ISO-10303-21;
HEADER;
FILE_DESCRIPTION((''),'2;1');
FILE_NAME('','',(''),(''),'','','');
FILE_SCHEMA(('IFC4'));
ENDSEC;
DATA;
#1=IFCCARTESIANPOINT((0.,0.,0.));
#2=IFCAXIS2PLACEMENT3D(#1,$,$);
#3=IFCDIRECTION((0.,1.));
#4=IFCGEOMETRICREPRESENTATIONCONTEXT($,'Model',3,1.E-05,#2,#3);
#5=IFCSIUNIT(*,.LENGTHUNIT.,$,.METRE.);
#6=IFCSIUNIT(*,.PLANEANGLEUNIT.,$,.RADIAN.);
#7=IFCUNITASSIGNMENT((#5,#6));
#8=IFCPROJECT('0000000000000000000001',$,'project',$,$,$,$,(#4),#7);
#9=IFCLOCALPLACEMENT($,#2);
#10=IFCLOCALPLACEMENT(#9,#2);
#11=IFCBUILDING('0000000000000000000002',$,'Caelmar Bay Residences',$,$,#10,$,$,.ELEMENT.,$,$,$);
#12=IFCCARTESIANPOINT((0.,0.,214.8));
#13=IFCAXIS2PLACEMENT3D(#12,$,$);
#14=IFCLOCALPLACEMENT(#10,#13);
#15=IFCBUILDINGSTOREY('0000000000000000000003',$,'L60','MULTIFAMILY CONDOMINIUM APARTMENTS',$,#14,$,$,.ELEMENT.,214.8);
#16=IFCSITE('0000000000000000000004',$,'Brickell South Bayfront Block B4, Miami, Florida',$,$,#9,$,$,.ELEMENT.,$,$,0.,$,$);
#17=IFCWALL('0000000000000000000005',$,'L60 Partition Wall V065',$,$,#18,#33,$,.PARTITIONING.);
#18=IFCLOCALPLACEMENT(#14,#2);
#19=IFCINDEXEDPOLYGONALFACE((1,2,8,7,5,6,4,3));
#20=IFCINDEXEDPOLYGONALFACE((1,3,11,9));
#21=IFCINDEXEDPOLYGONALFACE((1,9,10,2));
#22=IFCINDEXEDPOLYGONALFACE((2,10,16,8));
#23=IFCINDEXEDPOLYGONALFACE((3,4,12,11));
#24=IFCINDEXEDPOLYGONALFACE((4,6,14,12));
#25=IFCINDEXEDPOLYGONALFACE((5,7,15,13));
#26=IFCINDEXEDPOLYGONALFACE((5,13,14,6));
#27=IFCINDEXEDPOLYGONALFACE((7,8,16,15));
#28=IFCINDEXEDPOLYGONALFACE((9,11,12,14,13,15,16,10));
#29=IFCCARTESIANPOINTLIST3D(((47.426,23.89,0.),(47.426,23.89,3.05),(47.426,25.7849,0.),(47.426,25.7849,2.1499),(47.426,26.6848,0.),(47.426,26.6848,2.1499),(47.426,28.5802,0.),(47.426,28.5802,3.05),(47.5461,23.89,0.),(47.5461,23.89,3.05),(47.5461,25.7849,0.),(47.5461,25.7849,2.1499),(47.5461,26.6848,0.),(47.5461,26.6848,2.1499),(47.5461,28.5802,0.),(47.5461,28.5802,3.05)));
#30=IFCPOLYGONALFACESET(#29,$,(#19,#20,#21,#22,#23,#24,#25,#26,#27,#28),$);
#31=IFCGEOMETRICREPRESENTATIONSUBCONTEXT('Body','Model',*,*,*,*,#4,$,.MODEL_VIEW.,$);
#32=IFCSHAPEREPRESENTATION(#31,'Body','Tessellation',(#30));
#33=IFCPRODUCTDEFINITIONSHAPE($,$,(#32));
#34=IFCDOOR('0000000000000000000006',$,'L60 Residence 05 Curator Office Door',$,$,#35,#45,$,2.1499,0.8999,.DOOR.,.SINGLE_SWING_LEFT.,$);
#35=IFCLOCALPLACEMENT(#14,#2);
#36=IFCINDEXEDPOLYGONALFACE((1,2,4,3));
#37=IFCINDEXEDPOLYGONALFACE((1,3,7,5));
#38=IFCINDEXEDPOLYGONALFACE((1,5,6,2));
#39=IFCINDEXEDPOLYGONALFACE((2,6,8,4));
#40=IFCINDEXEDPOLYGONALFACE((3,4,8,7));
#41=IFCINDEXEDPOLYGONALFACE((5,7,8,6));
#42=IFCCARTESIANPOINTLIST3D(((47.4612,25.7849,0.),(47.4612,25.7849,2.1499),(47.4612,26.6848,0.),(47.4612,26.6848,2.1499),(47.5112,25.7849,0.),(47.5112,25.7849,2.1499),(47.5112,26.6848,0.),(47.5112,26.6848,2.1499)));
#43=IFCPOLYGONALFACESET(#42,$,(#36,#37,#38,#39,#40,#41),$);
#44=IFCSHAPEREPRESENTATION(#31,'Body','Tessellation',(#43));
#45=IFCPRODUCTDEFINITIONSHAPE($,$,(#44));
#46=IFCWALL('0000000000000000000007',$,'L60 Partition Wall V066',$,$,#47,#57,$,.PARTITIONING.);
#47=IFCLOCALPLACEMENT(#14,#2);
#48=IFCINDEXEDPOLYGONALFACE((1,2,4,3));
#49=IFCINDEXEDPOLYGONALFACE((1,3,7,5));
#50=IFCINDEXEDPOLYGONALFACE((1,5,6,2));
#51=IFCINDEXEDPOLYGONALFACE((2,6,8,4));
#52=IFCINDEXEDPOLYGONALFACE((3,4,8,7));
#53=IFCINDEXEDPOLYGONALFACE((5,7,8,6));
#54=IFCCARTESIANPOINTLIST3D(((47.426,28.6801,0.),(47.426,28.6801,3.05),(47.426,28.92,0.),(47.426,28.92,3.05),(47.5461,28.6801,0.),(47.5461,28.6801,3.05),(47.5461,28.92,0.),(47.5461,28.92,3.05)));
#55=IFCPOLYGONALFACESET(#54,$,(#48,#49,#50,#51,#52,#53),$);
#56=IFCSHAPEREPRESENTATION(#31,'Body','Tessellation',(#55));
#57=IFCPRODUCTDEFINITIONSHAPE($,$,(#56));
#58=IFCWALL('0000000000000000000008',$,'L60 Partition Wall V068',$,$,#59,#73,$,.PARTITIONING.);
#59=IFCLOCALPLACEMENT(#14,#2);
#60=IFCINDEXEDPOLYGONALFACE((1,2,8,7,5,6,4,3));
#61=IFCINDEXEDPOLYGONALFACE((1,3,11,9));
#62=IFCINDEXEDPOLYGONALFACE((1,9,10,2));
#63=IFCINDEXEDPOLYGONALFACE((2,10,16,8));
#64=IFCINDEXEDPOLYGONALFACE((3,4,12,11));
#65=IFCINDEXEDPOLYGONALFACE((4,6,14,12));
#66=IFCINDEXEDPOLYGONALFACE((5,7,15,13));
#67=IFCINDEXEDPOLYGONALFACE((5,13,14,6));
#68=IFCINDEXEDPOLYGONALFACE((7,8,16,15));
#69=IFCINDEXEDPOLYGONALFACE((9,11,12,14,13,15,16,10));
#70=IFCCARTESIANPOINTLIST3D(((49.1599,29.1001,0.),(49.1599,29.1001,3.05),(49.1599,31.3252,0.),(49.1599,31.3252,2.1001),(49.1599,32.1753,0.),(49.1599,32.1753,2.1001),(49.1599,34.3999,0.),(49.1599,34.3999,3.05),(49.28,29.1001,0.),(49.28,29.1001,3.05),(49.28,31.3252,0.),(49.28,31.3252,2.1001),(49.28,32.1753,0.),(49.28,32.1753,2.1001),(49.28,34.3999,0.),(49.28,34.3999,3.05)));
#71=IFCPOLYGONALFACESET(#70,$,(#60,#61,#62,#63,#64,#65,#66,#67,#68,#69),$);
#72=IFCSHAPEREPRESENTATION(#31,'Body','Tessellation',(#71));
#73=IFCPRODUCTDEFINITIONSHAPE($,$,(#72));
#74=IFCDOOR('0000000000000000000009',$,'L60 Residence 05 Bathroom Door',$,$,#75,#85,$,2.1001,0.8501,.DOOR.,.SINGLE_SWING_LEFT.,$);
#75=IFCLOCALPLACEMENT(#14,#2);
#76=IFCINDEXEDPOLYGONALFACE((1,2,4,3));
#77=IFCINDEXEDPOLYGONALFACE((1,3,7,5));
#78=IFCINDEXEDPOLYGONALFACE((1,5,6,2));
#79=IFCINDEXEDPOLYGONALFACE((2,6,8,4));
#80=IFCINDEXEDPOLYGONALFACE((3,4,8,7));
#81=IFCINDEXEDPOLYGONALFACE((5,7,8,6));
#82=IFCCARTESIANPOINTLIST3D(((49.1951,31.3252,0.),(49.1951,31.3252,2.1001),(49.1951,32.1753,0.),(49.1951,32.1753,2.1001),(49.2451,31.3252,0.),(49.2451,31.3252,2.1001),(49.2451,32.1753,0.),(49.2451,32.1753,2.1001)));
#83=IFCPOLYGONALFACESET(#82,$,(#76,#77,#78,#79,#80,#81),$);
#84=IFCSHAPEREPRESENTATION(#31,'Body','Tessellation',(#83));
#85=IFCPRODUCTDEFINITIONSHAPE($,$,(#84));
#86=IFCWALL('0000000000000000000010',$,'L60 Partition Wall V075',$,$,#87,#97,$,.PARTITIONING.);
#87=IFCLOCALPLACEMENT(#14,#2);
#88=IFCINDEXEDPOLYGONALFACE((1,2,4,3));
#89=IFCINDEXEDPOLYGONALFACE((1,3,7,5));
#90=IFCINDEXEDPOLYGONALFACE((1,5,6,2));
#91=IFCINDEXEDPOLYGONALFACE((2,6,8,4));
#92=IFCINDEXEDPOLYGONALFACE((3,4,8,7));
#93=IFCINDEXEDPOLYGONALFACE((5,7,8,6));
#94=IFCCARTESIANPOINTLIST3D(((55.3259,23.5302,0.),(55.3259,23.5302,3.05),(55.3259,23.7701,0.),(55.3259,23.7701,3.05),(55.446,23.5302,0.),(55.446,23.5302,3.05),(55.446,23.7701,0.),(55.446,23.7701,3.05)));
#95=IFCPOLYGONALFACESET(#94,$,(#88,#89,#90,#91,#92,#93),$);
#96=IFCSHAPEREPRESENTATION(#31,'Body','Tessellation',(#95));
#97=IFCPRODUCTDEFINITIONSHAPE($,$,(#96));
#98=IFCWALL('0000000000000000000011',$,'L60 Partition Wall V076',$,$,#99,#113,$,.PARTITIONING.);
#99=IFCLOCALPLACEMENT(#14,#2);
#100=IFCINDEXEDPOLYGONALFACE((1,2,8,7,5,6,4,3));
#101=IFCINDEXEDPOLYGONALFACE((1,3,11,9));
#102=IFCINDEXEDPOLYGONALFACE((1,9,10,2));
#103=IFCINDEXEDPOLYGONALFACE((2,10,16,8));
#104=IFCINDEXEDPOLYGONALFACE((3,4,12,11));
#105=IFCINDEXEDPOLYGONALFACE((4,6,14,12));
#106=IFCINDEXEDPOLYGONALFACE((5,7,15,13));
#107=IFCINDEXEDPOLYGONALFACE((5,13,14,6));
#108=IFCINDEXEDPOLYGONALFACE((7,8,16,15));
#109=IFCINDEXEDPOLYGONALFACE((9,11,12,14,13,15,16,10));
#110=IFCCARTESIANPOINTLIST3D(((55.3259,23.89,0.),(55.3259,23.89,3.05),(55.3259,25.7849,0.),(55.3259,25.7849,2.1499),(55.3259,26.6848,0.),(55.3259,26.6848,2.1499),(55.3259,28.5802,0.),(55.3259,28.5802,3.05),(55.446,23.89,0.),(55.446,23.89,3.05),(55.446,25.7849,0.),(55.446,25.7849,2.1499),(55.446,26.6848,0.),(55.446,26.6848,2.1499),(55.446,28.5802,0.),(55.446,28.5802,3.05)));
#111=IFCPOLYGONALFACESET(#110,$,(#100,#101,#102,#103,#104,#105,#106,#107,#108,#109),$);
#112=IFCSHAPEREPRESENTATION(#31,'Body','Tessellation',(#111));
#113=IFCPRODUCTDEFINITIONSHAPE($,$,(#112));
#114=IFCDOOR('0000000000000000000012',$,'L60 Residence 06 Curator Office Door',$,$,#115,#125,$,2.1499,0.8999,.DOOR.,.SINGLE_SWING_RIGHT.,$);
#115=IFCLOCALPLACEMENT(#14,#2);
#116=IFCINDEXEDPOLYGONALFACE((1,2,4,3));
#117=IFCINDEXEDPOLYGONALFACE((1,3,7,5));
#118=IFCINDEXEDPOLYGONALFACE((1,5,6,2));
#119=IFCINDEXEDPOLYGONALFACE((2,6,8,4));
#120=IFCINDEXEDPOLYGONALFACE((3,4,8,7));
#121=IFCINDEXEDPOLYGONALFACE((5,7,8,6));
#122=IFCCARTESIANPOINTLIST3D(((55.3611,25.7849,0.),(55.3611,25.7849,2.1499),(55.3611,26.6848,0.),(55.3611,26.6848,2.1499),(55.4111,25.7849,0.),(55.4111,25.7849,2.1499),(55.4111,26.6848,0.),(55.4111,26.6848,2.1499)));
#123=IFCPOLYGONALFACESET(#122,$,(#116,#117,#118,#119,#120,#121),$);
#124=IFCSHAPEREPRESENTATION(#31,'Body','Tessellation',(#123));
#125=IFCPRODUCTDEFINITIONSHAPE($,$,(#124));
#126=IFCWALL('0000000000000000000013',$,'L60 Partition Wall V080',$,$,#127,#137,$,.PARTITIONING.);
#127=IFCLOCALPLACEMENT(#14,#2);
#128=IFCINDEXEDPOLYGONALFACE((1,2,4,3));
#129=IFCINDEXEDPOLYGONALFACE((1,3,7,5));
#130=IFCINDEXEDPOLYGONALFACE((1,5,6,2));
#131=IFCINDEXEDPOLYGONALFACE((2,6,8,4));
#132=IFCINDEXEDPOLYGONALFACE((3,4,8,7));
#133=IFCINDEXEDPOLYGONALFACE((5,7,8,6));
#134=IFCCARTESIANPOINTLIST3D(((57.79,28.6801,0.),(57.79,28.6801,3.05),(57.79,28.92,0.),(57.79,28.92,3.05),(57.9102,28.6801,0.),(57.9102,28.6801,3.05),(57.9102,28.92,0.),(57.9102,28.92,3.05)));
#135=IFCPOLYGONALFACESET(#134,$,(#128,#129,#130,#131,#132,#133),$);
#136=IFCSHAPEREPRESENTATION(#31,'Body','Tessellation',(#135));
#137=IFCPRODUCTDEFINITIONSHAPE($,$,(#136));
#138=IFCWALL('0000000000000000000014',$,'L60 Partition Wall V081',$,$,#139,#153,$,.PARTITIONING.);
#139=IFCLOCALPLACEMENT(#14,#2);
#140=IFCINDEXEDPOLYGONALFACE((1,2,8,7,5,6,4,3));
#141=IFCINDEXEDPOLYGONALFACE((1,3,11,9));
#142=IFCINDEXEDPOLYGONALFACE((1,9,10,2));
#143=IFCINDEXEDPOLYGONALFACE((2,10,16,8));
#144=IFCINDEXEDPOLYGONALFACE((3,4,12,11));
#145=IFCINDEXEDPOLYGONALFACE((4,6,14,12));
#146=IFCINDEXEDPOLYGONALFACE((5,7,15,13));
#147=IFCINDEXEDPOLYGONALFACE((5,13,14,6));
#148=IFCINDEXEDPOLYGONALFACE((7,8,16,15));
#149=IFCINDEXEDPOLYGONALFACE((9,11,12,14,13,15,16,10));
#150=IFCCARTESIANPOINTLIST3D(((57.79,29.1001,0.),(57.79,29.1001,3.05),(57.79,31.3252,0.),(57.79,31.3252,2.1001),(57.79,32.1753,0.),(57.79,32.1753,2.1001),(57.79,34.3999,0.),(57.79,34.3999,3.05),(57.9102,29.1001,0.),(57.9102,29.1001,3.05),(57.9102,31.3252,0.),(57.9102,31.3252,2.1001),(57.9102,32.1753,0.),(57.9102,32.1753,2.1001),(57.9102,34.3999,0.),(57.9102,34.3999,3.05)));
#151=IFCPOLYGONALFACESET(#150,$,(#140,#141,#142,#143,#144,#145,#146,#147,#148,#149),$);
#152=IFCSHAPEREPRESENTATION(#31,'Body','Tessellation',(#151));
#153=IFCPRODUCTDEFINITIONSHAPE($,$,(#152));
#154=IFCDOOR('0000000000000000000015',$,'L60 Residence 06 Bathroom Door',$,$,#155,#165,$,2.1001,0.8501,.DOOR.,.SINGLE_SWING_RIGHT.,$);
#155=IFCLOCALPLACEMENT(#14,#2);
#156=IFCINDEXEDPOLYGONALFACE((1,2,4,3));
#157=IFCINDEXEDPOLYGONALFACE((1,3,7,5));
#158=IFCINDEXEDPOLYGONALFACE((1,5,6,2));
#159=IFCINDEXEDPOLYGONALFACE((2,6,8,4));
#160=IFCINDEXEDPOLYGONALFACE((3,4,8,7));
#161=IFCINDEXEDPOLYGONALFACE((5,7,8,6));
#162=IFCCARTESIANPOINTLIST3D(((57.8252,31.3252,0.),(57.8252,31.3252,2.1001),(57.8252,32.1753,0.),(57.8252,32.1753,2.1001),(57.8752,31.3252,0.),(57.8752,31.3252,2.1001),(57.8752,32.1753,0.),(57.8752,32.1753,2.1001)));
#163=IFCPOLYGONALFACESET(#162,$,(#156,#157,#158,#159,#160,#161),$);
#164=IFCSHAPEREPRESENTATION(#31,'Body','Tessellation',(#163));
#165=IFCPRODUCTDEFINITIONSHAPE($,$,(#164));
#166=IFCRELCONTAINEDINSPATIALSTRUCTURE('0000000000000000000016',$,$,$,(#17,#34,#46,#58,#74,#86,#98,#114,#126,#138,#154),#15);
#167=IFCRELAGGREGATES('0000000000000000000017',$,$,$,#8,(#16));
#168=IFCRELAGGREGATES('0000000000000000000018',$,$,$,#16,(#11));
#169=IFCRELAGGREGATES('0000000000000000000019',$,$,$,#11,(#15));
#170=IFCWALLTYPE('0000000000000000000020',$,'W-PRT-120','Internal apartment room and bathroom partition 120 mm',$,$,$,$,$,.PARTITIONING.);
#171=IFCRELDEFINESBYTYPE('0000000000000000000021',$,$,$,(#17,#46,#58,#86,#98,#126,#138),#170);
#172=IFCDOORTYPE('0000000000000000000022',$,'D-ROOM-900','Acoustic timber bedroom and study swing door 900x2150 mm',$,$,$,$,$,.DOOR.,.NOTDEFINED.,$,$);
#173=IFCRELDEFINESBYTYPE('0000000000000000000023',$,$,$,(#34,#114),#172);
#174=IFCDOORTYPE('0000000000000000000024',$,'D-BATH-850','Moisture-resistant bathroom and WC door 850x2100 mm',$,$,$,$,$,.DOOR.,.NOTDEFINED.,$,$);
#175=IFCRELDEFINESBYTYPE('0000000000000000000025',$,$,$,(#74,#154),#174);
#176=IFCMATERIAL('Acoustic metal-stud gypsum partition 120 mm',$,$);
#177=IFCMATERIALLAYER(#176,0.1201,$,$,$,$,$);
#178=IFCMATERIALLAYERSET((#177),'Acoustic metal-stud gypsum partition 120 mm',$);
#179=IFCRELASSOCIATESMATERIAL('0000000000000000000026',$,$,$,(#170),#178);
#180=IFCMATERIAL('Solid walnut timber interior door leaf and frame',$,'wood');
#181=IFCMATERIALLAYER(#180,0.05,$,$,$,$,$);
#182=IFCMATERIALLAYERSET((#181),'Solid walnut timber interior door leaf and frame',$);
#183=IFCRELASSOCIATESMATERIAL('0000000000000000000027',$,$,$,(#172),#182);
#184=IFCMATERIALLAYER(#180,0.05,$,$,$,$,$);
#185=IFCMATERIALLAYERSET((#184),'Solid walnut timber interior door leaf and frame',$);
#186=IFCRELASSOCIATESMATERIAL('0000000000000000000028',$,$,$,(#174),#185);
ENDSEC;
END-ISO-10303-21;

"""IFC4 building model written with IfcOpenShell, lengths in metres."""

from ifc_helpers import new_model, si_unit, direction, frame, frame_2d, origin, place, context, subcontext, project, spatial, rectangle, extrude, material, layer, layer_set, type_object, element, fill, save


model = new_model("IFC4")

# Units and contexts
model_context = context("Model", 3, precision=1e-05, world=origin(), true_north=direction((0.0, 1.0)))
body_context = subcontext(model_context, "Body", "Model", "MODEL_VIEW")
ifc_project = project(units=[si_unit("LENGTHUNIT", "METRE"), si_unit("PLANEANGLEUNIT", "RADIAN")], contexts=[model_context])

# Site, building, storey
site_placement = place(None, origin())
site = spatial("IfcSite", under=ifc_project, at=site_placement, Name="Brickell South Bayfront Block B4, Miami, Florida", CompositionType="ELEMENT", RefElevation=0.0)
building_placement = place(site_placement, origin())
building = spatial("IfcBuilding", under=site, at=building_placement, Name="Caelmar Bay Residences", CompositionType="ELEMENT")
storey_placement = place(building_placement, frame((0.0, 0.0, 214.8)))
storey = spatial("IfcBuildingStorey", under=building, at=storey_placement, Name="L60", Description="MULTIFAMILY CONDOMINIUM APARTMENTS", CompositionType="ELEMENT", Elevation=214.8)

# Wall, opening, door
ifc_material_1 = material(Name="Acoustic metal-stud gypsum partition 120 mm")
ifc_layer_1 = layer(ifc_material_1, 0.1201)
ifc_layer_set_1 = layer_set([ifc_layer_1], Name="Acoustic metal-stud gypsum partition 120 mm")
wall_type_1 = type_object("IfcWallType", Name="W-PRT-120", Description="Internal apartment room and bathroom partition 120 mm", PredefinedType="PARTITIONING", material=ifc_layer_set_1)
wall_1_placement = place(storey_placement, frame((47.4861, 23.8899, 0.0), z_axis=(0.0, 0.0, 1.0), x_axis=(0.0, 1.0, 0.0)))
wall_1 = element("IfcWall", 1, at=wall_1_placement, inside=storey, type_object=wall_type_1, Name="L60 Partition Wall V065", PredefinedType="PARTITIONING", context=body_context, shape_type="SweptSolid", body=[
    extrude(rectangle(XDim=4.6902, YDim=0.1201, at=frame_2d((2.3452, 0.0))), origin(), (0.0, 0.0, 1.0), 3.05),
])
opening_1_placement = place(wall_1_placement, frame((1.895, 0.0, 0.0)))
opening_1 = element("IfcOpeningElement", 2, at=opening_1_placement, cuts=wall_1, PredefinedType="OPENING", context=body_context, shape_type="SweptSolid", body=[
    extrude(rectangle(XDim=0.8999, YDim=2.1499, at=frame_2d((0.45, 1.075))), frame((0.0, 0.0701, 0.0), z_axis=(0.0, -1.0, 0.0), x_axis=(1.0, 0.0, 0.0)), (0.0, 0.0, 1.0), 0.1401),
])
ifc_material_2 = material(Name="Solid walnut timber interior door leaf and frame", Category="wood")
ifc_layer_2 = layer(ifc_material_2, 0.05)
ifc_layer_set_2 = layer_set([ifc_layer_2], Name="Solid walnut timber interior door leaf and frame")
door_type_1 = type_object("IfcDoorType", Name="D-ROOM-900", Description="Acoustic timber bedroom and study swing door 900x2150 mm", OperationType="NOTDEFINED", PredefinedType="DOOR", material=ifc_layer_set_2)
door_1_placement = place(opening_1_placement, origin())
door_1 = element("IfcDoor", 3, at=door_1_placement, inside=storey, type_object=door_type_1, Name="L60 Residence 05 Curator Office Door", OperationType="SINGLE_SWING_LEFT", OverallHeight=2.1499, OverallWidth=0.8999, PredefinedType="DOOR", context=body_context, shape_type="SweptSolid", body=[
    extrude(rectangle(XDim=0.8999, YDim=2.1499, at=frame_2d((0.45, 1.075))), frame((0.0, 0.0249, 0.0), z_axis=(0.0, -1.0, 0.0), x_axis=(1.0, 0.0, 0.0)), (0.0, 0.0, 1.0), 0.05),
])
fill(opening_1, door_1)

# Wall
wall_2_placement = place(storey_placement, frame((47.4861, 28.6799, 0.0), z_axis=(0.0, 0.0, 1.0), x_axis=(0.0, 1.0, 0.0)))
element("IfcWall", 4, at=wall_2_placement, inside=storey, type_object=wall_type_1, Name="L60 Partition Wall V066", PredefinedType="PARTITIONING", context=body_context, shape_type="SweptSolid", body=[
    extrude(rectangle(XDim=0.24, YDim=0.1201, at=frame_2d((0.1201, 0.0))), origin(), (0.0, 0.0, 1.0), 3.05),
])

# Wall, opening, door
wall_3_placement = place(storey_placement, frame((49.22, 29.1001, 0.0), z_axis=(0.0, 0.0, 1.0), x_axis=(0.0, 1.0, 0.0)))
wall_3 = element("IfcWall", 5, at=wall_3_placement, inside=storey, type_object=wall_type_1, Name="L60 Partition Wall V068", PredefinedType="PARTITIONING", context=body_context, shape_type="SweptSolid", body=[
    extrude(rectangle(XDim=5.2998, YDim=0.1201, at=frame_2d((2.6499, 0.0))), origin(), (0.0, 0.0, 1.0), 3.05),
])
opening_2_placement = place(wall_3_placement, frame((2.2251, 0.0, 0.0)))
opening_2 = element("IfcOpeningElement", 6, at=opening_2_placement, cuts=wall_3, PredefinedType="OPENING", context=body_context, shape_type="SweptSolid", body=[
    extrude(rectangle(XDim=0.8501, YDim=2.1001, at=frame_2d((0.425, 1.05))), frame((0.0, 0.0701, 0.0), z_axis=(0.0, -1.0, 0.0), x_axis=(1.0, 0.0, 0.0)), (0.0, 0.0, 1.0), 0.1401),
])
ifc_layer_3 = layer(ifc_material_2, 0.05)
ifc_layer_set_3 = layer_set([ifc_layer_3], Name="Solid walnut timber interior door leaf and frame")
door_type_2 = type_object("IfcDoorType", Name="D-BATH-850", Description="Moisture-resistant bathroom and WC door 850x2100 mm", OperationType="NOTDEFINED", PredefinedType="DOOR", material=ifc_layer_set_3)
door_2_placement = place(opening_2_placement, origin())
door_2 = element("IfcDoor", 7, at=door_2_placement, inside=storey, type_object=door_type_2, Name="L60 Residence 05 Bathroom Door", OperationType="SINGLE_SWING_LEFT", OverallHeight=2.1001, OverallWidth=0.8501, PredefinedType="DOOR", context=body_context, shape_type="SweptSolid", body=[
    extrude(rectangle(XDim=0.8501, YDim=2.1001, at=frame_2d((0.425, 1.05))), frame((0.0, 0.0249, 0.0), z_axis=(0.0, -1.0, 0.0), x_axis=(1.0, 0.0, 0.0)), (0.0, 0.0, 1.0), 0.05),
])
fill(opening_2, door_2)

# Wall
wall_4_placement = place(storey_placement, frame((55.386, 23.53, 0.0), z_axis=(0.0, 0.0, 1.0), x_axis=(0.0, 1.0, 0.0)))
element("IfcWall", 8, at=wall_4_placement, inside=storey, type_object=wall_type_1, Name="L60 Partition Wall V075", PredefinedType="PARTITIONING", context=body_context, shape_type="SweptSolid", body=[
    extrude(rectangle(XDim=0.24, YDim=0.1201, at=frame_2d((0.1201, 0.0))), origin(), (0.0, 0.0, 1.0), 3.05),
])

# Wall, opening, door
wall_5_placement = place(storey_placement, frame((55.386, 23.8899, 0.0), z_axis=(0.0, 0.0, 1.0), x_axis=(0.0, 1.0, 0.0)))
wall_5 = element("IfcWall", 9, at=wall_5_placement, inside=storey, type_object=wall_type_1, Name="L60 Partition Wall V076", PredefinedType="PARTITIONING", context=body_context, shape_type="SweptSolid", body=[
    extrude(rectangle(XDim=4.6902, YDim=0.1201, at=frame_2d((2.3452, 0.0))), origin(), (0.0, 0.0, 1.0), 3.05),
])
opening_3_placement = place(wall_5_placement, frame((1.895, 0.0, 0.0)))
opening_3 = element("IfcOpeningElement", 10, at=opening_3_placement, cuts=wall_5, PredefinedType="OPENING", context=body_context, shape_type="SweptSolid", body=[
    extrude(rectangle(XDim=0.8999, YDim=2.1499, at=frame_2d((0.45, 1.075))), frame((0.0, 0.0701, 0.0), z_axis=(0.0, -1.0, 0.0), x_axis=(1.0, 0.0, 0.0)), (0.0, 0.0, 1.0), 0.1401),
])
door_3_placement = place(opening_3_placement, origin())
door_3 = element("IfcDoor", 11, at=door_3_placement, inside=storey, type_object=door_type_1, Name="L60 Residence 06 Curator Office Door", OperationType="SINGLE_SWING_RIGHT", OverallHeight=2.1499, OverallWidth=0.8999, PredefinedType="DOOR", context=body_context, shape_type="SweptSolid", body=[
    extrude(rectangle(XDim=0.8999, YDim=2.1499, at=frame_2d((0.45, 1.075))), frame((0.0, 0.0249, 0.0), z_axis=(0.0, -1.0, 0.0), x_axis=(1.0, 0.0, 0.0)), (0.0, 0.0, 1.0), 0.05),
])
fill(opening_3, door_3)

# Wall
wall_6_placement = place(storey_placement, frame((57.8501, 28.6799, 0.0), z_axis=(0.0, 0.0, 1.0), x_axis=(0.0, 1.0, 0.0)))
element("IfcWall", 12, at=wall_6_placement, inside=storey, type_object=wall_type_1, Name="L60 Partition Wall V080", PredefinedType="PARTITIONING", context=body_context, shape_type="SweptSolid", body=[
    extrude(rectangle(XDim=0.24, YDim=0.1201, at=frame_2d((0.1201, 0.0))), origin(), (0.0, 0.0, 1.0), 3.05),
])

# Wall, opening, door
wall_7_placement = place(storey_placement, frame((57.8501, 29.1001, 0.0), z_axis=(0.0, 0.0, 1.0), x_axis=(0.0, 1.0, 0.0)))
wall_7 = element("IfcWall", 13, at=wall_7_placement, inside=storey, type_object=wall_type_1, Name="L60 Partition Wall V081", PredefinedType="PARTITIONING", context=body_context, shape_type="SweptSolid", body=[
    extrude(rectangle(XDim=5.2998, YDim=0.1201, at=frame_2d((2.6499, 0.0))), origin(), (0.0, 0.0, 1.0), 3.05),
])
opening_4_placement = place(wall_7_placement, frame((2.2251, 0.0, 0.0)))
opening_4 = element("IfcOpeningElement", 14, at=opening_4_placement, cuts=wall_7, PredefinedType="OPENING", context=body_context, shape_type="SweptSolid", body=[
    extrude(rectangle(XDim=0.8501, YDim=2.1001, at=frame_2d((0.425, 1.05))), frame((0.0, 0.0701, 0.0), z_axis=(0.0, -1.0, 0.0), x_axis=(1.0, 0.0, 0.0)), (0.0, 0.0, 1.0), 0.1401),
])
door_4_placement = place(opening_4_placement, origin())
door_4 = element("IfcDoor", 15, at=door_4_placement, inside=storey, type_object=door_type_2, Name="L60 Residence 06 Bathroom Door", OperationType="SINGLE_SWING_RIGHT", OverallHeight=2.1001, OverallWidth=0.8501, PredefinedType="DOOR", context=body_context, shape_type="SweptSolid", body=[
    extrude(rectangle(XDim=0.8501, YDim=2.1001, at=frame_2d((0.425, 1.05))), frame((0.0, 0.0249, 0.0), z_axis=(0.0, -1.0, 0.0), x_axis=(1.0, 0.0, 0.0)), (0.0, 0.0, 1.0), 0.05),
])
fill(opening_4, door_4)

save(model, "model.ifc")
